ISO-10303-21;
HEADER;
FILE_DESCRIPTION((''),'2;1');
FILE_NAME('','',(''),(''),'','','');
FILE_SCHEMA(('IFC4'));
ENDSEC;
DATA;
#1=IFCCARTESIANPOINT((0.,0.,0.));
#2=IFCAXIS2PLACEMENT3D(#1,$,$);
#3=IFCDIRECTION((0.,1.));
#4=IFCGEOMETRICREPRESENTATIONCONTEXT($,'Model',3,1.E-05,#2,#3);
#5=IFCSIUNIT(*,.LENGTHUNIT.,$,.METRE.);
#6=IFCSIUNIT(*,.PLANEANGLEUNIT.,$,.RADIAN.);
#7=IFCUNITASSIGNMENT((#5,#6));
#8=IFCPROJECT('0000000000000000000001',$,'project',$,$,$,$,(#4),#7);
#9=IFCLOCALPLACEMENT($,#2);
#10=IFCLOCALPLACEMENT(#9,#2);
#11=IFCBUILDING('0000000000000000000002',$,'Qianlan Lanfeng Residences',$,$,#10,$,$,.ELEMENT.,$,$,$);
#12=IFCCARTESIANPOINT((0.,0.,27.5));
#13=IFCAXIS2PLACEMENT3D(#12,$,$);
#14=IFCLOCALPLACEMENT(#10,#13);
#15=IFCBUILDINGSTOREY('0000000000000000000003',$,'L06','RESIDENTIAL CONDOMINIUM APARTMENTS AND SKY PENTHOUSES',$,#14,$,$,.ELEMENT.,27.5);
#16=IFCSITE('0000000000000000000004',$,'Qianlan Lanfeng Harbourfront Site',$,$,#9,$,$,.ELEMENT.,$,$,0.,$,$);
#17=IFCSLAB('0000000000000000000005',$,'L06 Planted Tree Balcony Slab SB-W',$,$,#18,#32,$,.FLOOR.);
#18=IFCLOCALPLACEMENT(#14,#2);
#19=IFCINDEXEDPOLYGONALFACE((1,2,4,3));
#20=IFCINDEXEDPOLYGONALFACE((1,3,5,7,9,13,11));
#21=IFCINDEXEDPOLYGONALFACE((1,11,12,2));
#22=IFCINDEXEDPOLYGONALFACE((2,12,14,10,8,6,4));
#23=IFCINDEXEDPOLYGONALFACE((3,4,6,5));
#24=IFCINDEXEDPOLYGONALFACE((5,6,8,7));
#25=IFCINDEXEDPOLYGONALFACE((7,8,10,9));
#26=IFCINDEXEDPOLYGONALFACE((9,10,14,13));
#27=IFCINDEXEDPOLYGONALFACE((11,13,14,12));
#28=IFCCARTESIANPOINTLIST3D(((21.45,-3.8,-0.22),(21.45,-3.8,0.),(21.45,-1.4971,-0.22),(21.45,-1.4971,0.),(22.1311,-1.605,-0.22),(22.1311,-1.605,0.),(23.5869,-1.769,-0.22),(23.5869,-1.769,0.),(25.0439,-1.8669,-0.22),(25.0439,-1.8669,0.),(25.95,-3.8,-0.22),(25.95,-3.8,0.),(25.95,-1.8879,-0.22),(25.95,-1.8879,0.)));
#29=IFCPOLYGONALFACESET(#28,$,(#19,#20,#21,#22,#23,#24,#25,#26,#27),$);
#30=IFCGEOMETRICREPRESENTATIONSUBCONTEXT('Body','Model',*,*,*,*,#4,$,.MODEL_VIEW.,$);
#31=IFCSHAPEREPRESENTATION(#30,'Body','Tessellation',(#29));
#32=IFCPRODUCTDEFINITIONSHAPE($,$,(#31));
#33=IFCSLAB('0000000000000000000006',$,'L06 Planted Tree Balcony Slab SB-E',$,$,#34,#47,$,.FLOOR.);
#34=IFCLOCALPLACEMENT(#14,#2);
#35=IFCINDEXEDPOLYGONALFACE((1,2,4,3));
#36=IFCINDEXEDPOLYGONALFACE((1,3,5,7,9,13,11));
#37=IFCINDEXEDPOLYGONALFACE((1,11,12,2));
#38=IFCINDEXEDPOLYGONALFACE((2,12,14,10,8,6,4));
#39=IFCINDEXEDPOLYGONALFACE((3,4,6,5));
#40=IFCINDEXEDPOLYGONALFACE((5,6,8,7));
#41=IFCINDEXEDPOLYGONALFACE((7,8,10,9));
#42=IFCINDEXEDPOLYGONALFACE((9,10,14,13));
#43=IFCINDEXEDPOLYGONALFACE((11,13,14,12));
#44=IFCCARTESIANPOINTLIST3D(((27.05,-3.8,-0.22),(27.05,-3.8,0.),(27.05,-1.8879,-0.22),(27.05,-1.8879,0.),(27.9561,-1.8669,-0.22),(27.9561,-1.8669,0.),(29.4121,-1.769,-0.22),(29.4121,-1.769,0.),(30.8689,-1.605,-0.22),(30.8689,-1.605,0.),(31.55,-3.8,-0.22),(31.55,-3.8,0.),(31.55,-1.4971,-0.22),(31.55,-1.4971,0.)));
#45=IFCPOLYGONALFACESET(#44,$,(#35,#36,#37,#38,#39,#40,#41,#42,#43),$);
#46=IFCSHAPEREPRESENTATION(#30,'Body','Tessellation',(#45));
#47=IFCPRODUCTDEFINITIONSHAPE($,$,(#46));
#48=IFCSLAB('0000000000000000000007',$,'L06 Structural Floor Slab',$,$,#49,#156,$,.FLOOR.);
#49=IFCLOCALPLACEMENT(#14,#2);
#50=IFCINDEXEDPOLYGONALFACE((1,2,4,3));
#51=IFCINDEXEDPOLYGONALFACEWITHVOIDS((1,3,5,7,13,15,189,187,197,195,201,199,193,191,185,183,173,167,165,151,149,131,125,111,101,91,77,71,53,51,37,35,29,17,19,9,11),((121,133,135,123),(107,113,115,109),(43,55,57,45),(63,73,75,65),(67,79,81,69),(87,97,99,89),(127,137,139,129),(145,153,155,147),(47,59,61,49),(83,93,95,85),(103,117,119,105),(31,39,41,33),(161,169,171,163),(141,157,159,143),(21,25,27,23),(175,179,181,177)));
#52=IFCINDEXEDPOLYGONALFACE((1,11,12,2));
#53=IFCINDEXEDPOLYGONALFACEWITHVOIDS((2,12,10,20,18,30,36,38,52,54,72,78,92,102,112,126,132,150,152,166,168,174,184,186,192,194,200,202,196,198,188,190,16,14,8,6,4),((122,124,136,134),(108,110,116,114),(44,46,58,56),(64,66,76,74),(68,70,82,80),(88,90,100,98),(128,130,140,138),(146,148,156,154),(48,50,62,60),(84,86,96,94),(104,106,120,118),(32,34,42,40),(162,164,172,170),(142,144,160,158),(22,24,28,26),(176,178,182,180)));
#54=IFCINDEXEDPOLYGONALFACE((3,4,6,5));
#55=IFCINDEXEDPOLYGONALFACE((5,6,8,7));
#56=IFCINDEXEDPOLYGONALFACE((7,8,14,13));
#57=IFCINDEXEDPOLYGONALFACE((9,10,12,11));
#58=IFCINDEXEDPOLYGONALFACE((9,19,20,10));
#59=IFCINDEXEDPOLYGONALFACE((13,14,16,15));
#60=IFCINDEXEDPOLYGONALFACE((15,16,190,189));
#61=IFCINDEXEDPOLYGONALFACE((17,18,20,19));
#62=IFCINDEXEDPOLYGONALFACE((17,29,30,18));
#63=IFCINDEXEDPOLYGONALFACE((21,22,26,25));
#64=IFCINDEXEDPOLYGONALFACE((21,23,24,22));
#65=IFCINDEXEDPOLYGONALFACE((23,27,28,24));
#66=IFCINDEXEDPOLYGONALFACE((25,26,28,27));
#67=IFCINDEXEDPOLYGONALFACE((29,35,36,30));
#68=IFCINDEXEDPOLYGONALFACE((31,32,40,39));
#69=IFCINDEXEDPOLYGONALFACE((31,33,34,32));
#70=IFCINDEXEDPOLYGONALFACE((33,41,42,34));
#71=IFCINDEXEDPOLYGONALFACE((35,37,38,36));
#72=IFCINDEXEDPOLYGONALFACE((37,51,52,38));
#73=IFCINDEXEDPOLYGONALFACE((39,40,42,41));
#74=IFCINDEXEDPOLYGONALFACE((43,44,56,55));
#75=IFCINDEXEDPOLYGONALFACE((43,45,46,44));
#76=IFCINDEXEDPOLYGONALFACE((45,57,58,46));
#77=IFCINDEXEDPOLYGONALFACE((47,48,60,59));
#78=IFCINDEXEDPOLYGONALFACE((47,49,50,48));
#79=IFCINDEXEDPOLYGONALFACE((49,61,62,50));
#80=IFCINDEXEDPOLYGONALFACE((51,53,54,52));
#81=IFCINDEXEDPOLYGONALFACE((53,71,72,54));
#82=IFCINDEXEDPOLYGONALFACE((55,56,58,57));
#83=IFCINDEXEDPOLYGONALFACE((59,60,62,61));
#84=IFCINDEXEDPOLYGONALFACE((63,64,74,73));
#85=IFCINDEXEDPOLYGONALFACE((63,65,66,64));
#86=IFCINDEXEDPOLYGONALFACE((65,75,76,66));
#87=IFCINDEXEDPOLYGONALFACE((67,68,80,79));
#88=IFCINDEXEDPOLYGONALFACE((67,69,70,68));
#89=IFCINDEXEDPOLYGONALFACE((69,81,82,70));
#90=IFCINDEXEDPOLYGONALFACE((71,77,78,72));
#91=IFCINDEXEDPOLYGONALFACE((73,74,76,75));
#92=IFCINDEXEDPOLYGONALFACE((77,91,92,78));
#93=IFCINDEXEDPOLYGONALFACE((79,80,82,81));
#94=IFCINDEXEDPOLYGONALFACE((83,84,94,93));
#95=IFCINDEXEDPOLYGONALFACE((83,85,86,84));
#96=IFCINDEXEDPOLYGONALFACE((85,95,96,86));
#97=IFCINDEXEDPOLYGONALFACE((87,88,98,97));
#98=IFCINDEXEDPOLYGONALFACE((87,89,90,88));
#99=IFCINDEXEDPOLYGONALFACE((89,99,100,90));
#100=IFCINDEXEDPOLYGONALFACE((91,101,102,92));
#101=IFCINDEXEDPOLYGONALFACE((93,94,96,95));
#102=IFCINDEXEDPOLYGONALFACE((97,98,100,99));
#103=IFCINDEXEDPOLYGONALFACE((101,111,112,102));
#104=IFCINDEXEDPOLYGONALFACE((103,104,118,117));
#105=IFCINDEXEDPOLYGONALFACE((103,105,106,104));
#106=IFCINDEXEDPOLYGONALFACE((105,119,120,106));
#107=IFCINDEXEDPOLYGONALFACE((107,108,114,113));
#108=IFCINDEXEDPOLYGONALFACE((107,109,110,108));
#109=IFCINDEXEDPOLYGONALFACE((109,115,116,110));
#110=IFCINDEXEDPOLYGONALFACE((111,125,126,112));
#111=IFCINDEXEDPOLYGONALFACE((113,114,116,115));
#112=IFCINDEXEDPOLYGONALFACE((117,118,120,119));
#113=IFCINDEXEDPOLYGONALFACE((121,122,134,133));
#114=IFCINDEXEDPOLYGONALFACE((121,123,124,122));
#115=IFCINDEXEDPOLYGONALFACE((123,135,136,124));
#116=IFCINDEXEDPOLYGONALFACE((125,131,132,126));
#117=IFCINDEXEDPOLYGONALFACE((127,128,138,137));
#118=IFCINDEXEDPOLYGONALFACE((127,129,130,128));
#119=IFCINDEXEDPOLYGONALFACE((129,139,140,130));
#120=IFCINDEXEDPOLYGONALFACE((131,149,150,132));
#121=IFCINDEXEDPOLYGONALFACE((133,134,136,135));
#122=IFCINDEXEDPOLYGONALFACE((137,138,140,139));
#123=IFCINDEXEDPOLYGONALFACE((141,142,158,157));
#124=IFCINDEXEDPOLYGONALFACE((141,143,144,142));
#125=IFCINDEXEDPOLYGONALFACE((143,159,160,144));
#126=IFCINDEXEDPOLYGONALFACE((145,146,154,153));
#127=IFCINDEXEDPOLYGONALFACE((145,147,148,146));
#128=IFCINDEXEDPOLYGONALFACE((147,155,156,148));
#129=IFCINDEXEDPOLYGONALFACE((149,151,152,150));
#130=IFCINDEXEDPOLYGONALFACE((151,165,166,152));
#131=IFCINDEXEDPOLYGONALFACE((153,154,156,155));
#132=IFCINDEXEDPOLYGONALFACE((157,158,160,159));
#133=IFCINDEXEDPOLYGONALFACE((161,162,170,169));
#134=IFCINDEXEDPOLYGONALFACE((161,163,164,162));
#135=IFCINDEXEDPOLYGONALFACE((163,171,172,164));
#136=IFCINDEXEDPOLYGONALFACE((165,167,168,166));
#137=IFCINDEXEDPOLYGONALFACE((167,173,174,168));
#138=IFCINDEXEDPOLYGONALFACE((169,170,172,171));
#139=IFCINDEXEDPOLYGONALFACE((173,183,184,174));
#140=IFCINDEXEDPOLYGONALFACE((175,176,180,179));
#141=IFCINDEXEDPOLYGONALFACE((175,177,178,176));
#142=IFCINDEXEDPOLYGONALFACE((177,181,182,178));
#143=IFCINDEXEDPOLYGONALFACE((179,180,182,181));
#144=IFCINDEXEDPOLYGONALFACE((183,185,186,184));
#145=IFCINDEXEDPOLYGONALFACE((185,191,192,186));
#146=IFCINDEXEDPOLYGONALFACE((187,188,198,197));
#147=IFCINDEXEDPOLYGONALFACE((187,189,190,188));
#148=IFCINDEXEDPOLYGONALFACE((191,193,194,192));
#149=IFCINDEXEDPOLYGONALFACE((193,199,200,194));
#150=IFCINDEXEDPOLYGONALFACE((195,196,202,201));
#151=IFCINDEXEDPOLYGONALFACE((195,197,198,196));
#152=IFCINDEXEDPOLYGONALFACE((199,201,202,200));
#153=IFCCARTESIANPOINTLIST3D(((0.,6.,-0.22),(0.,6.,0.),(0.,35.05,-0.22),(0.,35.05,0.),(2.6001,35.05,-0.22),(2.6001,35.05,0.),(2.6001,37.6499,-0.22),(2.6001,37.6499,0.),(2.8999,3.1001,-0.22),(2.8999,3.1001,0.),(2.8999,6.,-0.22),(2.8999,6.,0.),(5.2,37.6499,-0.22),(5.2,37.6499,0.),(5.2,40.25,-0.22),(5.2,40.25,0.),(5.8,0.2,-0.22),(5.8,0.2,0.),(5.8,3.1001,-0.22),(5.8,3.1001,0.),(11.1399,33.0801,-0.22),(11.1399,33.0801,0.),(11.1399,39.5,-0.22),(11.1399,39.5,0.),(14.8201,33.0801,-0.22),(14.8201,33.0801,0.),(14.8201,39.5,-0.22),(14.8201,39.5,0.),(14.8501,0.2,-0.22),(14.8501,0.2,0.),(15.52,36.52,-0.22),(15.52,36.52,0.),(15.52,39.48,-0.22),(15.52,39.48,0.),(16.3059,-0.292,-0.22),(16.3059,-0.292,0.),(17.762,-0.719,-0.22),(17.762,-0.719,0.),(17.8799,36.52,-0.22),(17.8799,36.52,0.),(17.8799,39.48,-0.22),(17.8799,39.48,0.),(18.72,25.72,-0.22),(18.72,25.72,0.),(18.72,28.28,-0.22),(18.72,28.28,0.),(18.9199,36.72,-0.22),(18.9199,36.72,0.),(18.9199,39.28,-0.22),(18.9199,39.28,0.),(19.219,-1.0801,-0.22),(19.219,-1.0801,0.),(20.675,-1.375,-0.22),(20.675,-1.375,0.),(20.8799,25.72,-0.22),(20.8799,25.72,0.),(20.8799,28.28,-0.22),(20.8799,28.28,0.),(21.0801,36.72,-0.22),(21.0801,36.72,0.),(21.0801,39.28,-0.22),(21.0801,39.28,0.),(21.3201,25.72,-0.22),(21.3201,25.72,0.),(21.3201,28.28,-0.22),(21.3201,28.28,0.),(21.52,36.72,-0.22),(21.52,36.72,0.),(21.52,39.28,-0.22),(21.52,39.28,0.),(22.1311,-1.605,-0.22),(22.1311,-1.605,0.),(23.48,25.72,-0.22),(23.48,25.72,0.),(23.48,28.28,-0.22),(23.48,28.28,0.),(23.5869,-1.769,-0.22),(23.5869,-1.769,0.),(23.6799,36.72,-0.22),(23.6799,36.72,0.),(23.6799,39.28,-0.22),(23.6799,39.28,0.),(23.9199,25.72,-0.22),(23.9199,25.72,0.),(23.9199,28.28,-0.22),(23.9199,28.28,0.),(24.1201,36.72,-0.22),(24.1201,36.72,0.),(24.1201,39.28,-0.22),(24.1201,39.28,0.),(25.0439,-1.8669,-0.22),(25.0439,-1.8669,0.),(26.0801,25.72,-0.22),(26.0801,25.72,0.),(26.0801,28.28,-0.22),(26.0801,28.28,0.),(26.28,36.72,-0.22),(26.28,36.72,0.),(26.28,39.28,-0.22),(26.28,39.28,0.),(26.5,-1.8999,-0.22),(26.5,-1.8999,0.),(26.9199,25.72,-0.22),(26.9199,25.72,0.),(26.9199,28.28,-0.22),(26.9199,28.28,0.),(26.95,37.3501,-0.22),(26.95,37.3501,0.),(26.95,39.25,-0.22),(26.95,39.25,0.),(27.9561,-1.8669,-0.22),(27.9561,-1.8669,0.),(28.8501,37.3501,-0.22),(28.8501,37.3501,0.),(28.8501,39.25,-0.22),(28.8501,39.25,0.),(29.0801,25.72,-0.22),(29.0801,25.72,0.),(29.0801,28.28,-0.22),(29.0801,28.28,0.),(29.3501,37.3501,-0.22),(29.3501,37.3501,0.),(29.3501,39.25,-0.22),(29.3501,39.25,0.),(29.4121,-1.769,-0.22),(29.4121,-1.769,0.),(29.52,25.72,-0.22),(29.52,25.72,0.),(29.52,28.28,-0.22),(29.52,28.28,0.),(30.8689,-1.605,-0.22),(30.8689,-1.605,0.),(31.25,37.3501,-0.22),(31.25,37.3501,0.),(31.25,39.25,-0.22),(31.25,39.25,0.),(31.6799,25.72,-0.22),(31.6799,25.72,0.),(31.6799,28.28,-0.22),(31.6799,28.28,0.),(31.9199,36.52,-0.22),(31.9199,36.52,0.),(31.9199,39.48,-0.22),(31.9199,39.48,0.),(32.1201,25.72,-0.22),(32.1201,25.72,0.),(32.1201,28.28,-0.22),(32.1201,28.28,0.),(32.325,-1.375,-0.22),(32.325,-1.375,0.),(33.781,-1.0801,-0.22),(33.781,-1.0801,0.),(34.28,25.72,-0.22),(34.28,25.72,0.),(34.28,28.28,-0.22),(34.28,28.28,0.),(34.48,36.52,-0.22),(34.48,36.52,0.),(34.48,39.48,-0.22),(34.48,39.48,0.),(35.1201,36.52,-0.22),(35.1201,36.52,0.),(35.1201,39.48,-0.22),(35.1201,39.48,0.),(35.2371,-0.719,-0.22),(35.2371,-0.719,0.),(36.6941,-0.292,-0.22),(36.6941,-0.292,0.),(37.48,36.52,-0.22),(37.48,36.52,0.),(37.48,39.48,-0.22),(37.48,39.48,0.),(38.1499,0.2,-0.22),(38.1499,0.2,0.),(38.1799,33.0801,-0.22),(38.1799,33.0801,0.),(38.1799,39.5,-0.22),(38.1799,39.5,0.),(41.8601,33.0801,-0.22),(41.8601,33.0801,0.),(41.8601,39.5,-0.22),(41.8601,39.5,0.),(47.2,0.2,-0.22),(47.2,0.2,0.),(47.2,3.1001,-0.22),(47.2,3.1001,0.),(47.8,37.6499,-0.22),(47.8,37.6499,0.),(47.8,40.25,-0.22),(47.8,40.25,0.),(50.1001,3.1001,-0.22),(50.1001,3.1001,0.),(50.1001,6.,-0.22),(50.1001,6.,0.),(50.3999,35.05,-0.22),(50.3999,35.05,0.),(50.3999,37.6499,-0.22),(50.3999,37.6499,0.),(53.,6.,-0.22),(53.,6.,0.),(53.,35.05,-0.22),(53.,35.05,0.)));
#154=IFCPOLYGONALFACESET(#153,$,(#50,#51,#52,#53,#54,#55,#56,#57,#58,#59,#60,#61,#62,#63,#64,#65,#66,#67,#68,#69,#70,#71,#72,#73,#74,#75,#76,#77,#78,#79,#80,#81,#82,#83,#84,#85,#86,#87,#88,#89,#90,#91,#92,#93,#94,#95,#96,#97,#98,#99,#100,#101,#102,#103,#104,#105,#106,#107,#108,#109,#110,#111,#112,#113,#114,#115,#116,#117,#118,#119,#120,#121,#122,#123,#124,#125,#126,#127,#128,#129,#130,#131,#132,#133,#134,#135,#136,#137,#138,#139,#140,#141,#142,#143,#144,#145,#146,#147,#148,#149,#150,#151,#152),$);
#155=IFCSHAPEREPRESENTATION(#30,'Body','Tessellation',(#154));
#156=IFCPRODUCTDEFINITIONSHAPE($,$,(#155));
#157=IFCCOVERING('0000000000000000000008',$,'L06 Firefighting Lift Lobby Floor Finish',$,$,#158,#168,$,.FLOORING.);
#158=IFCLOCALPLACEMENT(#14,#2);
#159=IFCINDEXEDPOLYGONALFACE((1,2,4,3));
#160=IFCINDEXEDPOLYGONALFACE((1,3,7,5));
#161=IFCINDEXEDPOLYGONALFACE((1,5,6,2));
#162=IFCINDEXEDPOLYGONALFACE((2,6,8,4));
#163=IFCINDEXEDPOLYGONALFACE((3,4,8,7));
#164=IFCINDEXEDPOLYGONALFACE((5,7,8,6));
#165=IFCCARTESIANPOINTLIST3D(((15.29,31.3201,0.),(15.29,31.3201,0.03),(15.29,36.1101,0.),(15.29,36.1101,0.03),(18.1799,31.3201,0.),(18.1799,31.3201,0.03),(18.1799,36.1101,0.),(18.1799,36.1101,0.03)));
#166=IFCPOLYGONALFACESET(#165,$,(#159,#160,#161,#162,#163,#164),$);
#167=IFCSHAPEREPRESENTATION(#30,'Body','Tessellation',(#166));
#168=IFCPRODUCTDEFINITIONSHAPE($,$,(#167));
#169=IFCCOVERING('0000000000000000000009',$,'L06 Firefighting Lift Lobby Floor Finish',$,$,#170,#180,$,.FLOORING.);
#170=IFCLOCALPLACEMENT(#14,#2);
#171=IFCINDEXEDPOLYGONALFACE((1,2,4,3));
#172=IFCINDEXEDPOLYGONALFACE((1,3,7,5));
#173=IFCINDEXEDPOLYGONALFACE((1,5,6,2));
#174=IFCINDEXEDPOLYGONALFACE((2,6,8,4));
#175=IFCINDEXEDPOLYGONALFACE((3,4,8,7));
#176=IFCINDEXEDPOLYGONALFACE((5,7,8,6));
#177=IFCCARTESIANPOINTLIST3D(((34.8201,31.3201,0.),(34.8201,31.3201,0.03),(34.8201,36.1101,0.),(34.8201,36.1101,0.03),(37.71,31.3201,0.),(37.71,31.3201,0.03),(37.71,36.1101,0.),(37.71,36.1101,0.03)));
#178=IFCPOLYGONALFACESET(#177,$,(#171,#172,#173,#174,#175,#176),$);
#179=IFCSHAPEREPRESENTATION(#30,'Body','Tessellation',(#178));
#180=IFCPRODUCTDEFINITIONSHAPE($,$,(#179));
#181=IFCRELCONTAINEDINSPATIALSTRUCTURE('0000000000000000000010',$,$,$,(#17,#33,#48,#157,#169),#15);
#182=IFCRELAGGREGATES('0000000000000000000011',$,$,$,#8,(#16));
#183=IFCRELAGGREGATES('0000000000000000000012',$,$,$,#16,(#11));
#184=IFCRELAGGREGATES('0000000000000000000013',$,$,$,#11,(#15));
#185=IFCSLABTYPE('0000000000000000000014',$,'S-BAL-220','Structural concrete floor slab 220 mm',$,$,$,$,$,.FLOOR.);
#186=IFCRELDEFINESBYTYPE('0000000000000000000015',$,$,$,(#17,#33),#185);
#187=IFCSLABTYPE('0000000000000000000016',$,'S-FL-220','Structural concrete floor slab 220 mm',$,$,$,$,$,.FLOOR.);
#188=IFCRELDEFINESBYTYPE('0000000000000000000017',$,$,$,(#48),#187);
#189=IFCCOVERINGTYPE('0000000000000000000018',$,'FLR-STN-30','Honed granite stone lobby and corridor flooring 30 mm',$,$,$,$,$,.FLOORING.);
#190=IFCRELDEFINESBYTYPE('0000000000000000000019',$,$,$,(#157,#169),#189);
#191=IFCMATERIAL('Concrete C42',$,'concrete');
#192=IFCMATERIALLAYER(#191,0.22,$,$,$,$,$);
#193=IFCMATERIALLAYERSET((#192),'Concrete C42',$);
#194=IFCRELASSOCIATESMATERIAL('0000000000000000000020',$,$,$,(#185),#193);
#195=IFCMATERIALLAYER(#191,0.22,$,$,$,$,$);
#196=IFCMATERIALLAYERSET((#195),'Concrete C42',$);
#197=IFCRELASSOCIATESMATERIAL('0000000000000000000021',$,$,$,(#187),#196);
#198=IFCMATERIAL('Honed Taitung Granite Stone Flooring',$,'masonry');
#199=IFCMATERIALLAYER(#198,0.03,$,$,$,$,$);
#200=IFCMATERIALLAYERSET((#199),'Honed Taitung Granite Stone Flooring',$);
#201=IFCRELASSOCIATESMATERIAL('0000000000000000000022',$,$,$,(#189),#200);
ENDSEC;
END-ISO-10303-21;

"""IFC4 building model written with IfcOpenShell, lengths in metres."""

from ifc_helpers import new_model, si_unit, direction, frame, origin, place, context, subcontext, project, spatial, polyline, outline, extrude, material, layer, layer_set, type_object, element, save


model = new_model("IFC4")

# Units and contexts
model_context = context("Model", 3, precision=1e-05, world=origin(), true_north=direction((0.0, 1.0)))
body_context = subcontext(model_context, "Body", "Model", "MODEL_VIEW")
ifc_project = project(units=[si_unit("LENGTHUNIT", "METRE"), si_unit("PLANEANGLEUNIT", "RADIAN")], contexts=[model_context])

# Site, building, storey
site_placement = place(None, origin())
site = spatial("IfcSite", under=ifc_project, at=site_placement, Name="Qianlan Lanfeng Harbourfront Site", CompositionType="ELEMENT", RefElevation=0.0)
building_placement = place(site_placement, origin())
building = spatial("IfcBuilding", under=site, at=building_placement, Name="Qianlan Lanfeng Residences", CompositionType="ELEMENT")
storey_placement = place(building_placement, frame((0.0, 0.0, 27.5)))
storey = spatial("IfcBuildingStorey", under=building, at=storey_placement, Name="L06", Description="RESIDENTIAL CONDOMINIUM APARTMENTS AND SKY PENTHOUSES", CompositionType="ELEMENT", Elevation=27.5)

# Slabs
ifc_material_1 = material(Name="Concrete C42", Category="concrete")
ifc_layer_1 = layer(ifc_material_1, 0.22)
ifc_layer_set_1 = layer_set([ifc_layer_1], Name="Concrete C42")
slab_type_1 = type_object("IfcSlabType", Name="S-BAL-220", Description="Structural concrete floor slab 220 mm", PredefinedType="FLOOR", material=ifc_layer_set_1)
slab_1_placement = place(storey_placement, frame((0.0, 0.0, -0.22)))
element("IfcSlab", 1, at=slab_1_placement, inside=storey, type_object=slab_type_1, Name="L06 Planted Tree Balcony Slab SB-W", PredefinedType="FLOOR", context=body_context, shape_type="SweptSolid", body=[
    extrude(outline(polyline([(25.95, -1.8879), (25.0439, -1.8669), (23.5869, -1.769), (22.1311, -1.605), (21.45, -1.4971), (21.45, -3.8), (25.95, -3.8), (25.95, -1.8879)])), origin(), (0.0, 0.0, 1.0), 0.22),
])
slab_2_placement = place(storey_placement, frame((0.0, 0.0, -0.22)))
element("IfcSlab", 2, at=slab_2_placement, inside=storey, type_object=slab_type_1, Name="L06 Planted Tree Balcony Slab SB-E", PredefinedType="FLOOR", context=body_context, shape_type="SweptSolid", body=[
    extrude(outline(polyline([(31.55, -1.4971), (30.8689, -1.605), (29.4121, -1.769), (27.9561, -1.8669), (27.05, -1.8879), (27.05, -3.8), (31.55, -3.8), (31.55, -1.4971)])), origin(), (0.0, 0.0, 1.0), 0.22),
])
ifc_layer_2 = layer(ifc_material_1, 0.22)
ifc_layer_set_2 = layer_set([ifc_layer_2], Name="Concrete C42")
slab_type_2 = type_object("IfcSlabType", Name="S-FL-220", Description="Structural concrete floor slab 220 mm", PredefinedType="FLOOR", material=ifc_layer_set_2)
slab_3_placement = place(storey_placement, frame((0.0, 0.0, -0.22)))
element("IfcSlab", 3, at=slab_3_placement, inside=storey, type_object=slab_type_2, Name="L06 Structural Floor Slab", PredefinedType="FLOOR", context=body_context, shape_type="SweptSolid", body=[
    extrude(outline(polyline([(0.0, 6.0), (2.8999, 6.0), (2.8999, 3.1001), (5.8, 3.1001), (5.8, 0.2), (14.8501, 0.2), (16.3059, -0.292), (17.762, -0.719), (19.219, -1.0801), (20.675, -1.375), (22.1311, -1.605), (23.5869, -1.769), (25.0439, -1.8669), (26.5, -1.8999), (27.9561, -1.8669), (29.4121, -1.769), (30.8689, -1.605), (32.325, -1.375), (33.781, -1.0801), (35.2371, -0.719), (36.6941, -0.292), (38.1499, 0.2), (47.2, 0.2), (47.2, 3.1001), (50.1001, 3.1001), (50.1001, 6.0), (53.0, 6.0), (53.0, 35.05), (50.3999, 35.05), (50.3999, 37.6499), (47.8, 37.6499), (47.8, 40.25), (5.2, 40.25), (5.2, 37.6499), (2.6001, 37.6499), (2.6001, 35.05), (0.0, 35.05), (0.0, 6.0)]), holes=[polyline([(11.1399, 33.0801), (11.1399, 39.5), (14.8201, 39.5), (14.8201, 33.0801), (11.1399, 33.0801)]), polyline([(38.1799, 33.0801), (38.1799, 39.5), (41.8601, 39.5), (41.8601, 33.0801), (38.1799, 33.0801)]), polyline([(15.52, 36.52), (15.52, 39.48), (17.8799, 39.48), (17.8799, 36.52), (15.52, 36.52)]), polyline([(35.1201, 36.52), (35.1201, 39.48), (37.48, 39.48), (37.48, 36.52), (35.1201, 36.52)]), polyline([(31.9199, 36.52), (31.9199, 39.48), (34.48, 39.48), (34.48, 36.52), (31.9199, 36.52)]), polyline([(18.72, 25.72), (18.72, 28.28), (20.8799, 28.28), (20.8799, 25.72), (18.72, 25.72)]), polyline([(21.3201, 25.72), (21.3201, 28.28), (23.48, 28.28), (23.48, 25.72), (21.3201, 25.72)]), polyline([(23.9199, 25.72), (23.9199, 28.28), (26.0801, 28.28), (26.0801, 25.72), (23.9199, 25.72)]), polyline([(26.9199, 25.72), (26.9199, 28.28), (29.0801, 28.28), (29.0801, 25.72), (26.9199, 25.72)]), polyline([(29.52, 25.72), (29.52, 28.28), (31.6799, 28.28), (31.6799, 25.72), (29.52, 25.72)]), polyline([(32.1201, 25.72), (32.1201, 28.28), (34.28, 28.28), (34.28, 25.72), (32.1201, 25.72)]), polyline([(18.9199, 36.72), (18.9199, 39.28), (21.0801, 39.28), (21.0801, 36.72), (18.9199, 36.72)]), polyline([(21.52, 36.72), (21.52, 39.28), (23.6799, 39.28), (23.6799, 36.72), (21.52, 36.72)]), polyline([(24.1201, 36.72), (24.1201, 39.28), (26.28, 39.28), (26.28, 36.72), (24.1201, 36.72)]), polyline([(26.95, 37.3501), (26.95, 39.25), (28.8501, 39.25), (28.8501, 37.3501), (26.95, 37.3501)]), polyline([(29.3501, 37.3501), (29.3501, 39.25), (31.25, 39.25), (31.25, 37.3501), (29.3501, 37.3501)])]), origin(), (0.0, 0.0, 1.0), 0.22),
])

# Coverings
ifc_material_2 = material(Name="Honed Taitung Granite Stone Flooring", Category="masonry")
ifc_layer_3 = layer(ifc_material_2, 0.03)
ifc_layer_set_3 = layer_set([ifc_layer_3], Name="Honed Taitung Granite Stone Flooring")
covering_type_1 = type_object("IfcCoveringType", Name="FLR-STN-30", Description="Honed granite stone lobby and corridor flooring 30 mm", PredefinedType="FLOORING", material=ifc_layer_set_3)
covering_1_placement = place(storey_placement, origin())
element("IfcCovering", 4, at=covering_1_placement, inside=storey, type_object=covering_type_1, Name="L06 Firefighting Lift Lobby Floor Finish", PredefinedType="FLOORING", context=body_context, shape_type="SweptSolid", body=[
    extrude(outline(polyline([(15.29, 31.3201), (18.1799, 31.3201), (18.1799, 36.1101), (15.29, 36.1101), (15.29, 31.3201)])), origin(), (0.0, 0.0, 1.0), 0.03),
])
covering_2_placement = place(storey_placement, origin())
element("IfcCovering", 5, at=covering_2_placement, inside=storey, type_object=covering_type_1, Name="L06 Firefighting Lift Lobby Floor Finish", PredefinedType="FLOORING", context=body_context, shape_type="SweptSolid", body=[
    extrude(outline(polyline([(34.8201, 31.3201), (37.71, 31.3201), (37.71, 36.1101), (34.8201, 36.1101), (34.8201, 31.3201)])), origin(), (0.0, 0.0, 1.0), 0.03),
])

save(model, "model.ifc")
